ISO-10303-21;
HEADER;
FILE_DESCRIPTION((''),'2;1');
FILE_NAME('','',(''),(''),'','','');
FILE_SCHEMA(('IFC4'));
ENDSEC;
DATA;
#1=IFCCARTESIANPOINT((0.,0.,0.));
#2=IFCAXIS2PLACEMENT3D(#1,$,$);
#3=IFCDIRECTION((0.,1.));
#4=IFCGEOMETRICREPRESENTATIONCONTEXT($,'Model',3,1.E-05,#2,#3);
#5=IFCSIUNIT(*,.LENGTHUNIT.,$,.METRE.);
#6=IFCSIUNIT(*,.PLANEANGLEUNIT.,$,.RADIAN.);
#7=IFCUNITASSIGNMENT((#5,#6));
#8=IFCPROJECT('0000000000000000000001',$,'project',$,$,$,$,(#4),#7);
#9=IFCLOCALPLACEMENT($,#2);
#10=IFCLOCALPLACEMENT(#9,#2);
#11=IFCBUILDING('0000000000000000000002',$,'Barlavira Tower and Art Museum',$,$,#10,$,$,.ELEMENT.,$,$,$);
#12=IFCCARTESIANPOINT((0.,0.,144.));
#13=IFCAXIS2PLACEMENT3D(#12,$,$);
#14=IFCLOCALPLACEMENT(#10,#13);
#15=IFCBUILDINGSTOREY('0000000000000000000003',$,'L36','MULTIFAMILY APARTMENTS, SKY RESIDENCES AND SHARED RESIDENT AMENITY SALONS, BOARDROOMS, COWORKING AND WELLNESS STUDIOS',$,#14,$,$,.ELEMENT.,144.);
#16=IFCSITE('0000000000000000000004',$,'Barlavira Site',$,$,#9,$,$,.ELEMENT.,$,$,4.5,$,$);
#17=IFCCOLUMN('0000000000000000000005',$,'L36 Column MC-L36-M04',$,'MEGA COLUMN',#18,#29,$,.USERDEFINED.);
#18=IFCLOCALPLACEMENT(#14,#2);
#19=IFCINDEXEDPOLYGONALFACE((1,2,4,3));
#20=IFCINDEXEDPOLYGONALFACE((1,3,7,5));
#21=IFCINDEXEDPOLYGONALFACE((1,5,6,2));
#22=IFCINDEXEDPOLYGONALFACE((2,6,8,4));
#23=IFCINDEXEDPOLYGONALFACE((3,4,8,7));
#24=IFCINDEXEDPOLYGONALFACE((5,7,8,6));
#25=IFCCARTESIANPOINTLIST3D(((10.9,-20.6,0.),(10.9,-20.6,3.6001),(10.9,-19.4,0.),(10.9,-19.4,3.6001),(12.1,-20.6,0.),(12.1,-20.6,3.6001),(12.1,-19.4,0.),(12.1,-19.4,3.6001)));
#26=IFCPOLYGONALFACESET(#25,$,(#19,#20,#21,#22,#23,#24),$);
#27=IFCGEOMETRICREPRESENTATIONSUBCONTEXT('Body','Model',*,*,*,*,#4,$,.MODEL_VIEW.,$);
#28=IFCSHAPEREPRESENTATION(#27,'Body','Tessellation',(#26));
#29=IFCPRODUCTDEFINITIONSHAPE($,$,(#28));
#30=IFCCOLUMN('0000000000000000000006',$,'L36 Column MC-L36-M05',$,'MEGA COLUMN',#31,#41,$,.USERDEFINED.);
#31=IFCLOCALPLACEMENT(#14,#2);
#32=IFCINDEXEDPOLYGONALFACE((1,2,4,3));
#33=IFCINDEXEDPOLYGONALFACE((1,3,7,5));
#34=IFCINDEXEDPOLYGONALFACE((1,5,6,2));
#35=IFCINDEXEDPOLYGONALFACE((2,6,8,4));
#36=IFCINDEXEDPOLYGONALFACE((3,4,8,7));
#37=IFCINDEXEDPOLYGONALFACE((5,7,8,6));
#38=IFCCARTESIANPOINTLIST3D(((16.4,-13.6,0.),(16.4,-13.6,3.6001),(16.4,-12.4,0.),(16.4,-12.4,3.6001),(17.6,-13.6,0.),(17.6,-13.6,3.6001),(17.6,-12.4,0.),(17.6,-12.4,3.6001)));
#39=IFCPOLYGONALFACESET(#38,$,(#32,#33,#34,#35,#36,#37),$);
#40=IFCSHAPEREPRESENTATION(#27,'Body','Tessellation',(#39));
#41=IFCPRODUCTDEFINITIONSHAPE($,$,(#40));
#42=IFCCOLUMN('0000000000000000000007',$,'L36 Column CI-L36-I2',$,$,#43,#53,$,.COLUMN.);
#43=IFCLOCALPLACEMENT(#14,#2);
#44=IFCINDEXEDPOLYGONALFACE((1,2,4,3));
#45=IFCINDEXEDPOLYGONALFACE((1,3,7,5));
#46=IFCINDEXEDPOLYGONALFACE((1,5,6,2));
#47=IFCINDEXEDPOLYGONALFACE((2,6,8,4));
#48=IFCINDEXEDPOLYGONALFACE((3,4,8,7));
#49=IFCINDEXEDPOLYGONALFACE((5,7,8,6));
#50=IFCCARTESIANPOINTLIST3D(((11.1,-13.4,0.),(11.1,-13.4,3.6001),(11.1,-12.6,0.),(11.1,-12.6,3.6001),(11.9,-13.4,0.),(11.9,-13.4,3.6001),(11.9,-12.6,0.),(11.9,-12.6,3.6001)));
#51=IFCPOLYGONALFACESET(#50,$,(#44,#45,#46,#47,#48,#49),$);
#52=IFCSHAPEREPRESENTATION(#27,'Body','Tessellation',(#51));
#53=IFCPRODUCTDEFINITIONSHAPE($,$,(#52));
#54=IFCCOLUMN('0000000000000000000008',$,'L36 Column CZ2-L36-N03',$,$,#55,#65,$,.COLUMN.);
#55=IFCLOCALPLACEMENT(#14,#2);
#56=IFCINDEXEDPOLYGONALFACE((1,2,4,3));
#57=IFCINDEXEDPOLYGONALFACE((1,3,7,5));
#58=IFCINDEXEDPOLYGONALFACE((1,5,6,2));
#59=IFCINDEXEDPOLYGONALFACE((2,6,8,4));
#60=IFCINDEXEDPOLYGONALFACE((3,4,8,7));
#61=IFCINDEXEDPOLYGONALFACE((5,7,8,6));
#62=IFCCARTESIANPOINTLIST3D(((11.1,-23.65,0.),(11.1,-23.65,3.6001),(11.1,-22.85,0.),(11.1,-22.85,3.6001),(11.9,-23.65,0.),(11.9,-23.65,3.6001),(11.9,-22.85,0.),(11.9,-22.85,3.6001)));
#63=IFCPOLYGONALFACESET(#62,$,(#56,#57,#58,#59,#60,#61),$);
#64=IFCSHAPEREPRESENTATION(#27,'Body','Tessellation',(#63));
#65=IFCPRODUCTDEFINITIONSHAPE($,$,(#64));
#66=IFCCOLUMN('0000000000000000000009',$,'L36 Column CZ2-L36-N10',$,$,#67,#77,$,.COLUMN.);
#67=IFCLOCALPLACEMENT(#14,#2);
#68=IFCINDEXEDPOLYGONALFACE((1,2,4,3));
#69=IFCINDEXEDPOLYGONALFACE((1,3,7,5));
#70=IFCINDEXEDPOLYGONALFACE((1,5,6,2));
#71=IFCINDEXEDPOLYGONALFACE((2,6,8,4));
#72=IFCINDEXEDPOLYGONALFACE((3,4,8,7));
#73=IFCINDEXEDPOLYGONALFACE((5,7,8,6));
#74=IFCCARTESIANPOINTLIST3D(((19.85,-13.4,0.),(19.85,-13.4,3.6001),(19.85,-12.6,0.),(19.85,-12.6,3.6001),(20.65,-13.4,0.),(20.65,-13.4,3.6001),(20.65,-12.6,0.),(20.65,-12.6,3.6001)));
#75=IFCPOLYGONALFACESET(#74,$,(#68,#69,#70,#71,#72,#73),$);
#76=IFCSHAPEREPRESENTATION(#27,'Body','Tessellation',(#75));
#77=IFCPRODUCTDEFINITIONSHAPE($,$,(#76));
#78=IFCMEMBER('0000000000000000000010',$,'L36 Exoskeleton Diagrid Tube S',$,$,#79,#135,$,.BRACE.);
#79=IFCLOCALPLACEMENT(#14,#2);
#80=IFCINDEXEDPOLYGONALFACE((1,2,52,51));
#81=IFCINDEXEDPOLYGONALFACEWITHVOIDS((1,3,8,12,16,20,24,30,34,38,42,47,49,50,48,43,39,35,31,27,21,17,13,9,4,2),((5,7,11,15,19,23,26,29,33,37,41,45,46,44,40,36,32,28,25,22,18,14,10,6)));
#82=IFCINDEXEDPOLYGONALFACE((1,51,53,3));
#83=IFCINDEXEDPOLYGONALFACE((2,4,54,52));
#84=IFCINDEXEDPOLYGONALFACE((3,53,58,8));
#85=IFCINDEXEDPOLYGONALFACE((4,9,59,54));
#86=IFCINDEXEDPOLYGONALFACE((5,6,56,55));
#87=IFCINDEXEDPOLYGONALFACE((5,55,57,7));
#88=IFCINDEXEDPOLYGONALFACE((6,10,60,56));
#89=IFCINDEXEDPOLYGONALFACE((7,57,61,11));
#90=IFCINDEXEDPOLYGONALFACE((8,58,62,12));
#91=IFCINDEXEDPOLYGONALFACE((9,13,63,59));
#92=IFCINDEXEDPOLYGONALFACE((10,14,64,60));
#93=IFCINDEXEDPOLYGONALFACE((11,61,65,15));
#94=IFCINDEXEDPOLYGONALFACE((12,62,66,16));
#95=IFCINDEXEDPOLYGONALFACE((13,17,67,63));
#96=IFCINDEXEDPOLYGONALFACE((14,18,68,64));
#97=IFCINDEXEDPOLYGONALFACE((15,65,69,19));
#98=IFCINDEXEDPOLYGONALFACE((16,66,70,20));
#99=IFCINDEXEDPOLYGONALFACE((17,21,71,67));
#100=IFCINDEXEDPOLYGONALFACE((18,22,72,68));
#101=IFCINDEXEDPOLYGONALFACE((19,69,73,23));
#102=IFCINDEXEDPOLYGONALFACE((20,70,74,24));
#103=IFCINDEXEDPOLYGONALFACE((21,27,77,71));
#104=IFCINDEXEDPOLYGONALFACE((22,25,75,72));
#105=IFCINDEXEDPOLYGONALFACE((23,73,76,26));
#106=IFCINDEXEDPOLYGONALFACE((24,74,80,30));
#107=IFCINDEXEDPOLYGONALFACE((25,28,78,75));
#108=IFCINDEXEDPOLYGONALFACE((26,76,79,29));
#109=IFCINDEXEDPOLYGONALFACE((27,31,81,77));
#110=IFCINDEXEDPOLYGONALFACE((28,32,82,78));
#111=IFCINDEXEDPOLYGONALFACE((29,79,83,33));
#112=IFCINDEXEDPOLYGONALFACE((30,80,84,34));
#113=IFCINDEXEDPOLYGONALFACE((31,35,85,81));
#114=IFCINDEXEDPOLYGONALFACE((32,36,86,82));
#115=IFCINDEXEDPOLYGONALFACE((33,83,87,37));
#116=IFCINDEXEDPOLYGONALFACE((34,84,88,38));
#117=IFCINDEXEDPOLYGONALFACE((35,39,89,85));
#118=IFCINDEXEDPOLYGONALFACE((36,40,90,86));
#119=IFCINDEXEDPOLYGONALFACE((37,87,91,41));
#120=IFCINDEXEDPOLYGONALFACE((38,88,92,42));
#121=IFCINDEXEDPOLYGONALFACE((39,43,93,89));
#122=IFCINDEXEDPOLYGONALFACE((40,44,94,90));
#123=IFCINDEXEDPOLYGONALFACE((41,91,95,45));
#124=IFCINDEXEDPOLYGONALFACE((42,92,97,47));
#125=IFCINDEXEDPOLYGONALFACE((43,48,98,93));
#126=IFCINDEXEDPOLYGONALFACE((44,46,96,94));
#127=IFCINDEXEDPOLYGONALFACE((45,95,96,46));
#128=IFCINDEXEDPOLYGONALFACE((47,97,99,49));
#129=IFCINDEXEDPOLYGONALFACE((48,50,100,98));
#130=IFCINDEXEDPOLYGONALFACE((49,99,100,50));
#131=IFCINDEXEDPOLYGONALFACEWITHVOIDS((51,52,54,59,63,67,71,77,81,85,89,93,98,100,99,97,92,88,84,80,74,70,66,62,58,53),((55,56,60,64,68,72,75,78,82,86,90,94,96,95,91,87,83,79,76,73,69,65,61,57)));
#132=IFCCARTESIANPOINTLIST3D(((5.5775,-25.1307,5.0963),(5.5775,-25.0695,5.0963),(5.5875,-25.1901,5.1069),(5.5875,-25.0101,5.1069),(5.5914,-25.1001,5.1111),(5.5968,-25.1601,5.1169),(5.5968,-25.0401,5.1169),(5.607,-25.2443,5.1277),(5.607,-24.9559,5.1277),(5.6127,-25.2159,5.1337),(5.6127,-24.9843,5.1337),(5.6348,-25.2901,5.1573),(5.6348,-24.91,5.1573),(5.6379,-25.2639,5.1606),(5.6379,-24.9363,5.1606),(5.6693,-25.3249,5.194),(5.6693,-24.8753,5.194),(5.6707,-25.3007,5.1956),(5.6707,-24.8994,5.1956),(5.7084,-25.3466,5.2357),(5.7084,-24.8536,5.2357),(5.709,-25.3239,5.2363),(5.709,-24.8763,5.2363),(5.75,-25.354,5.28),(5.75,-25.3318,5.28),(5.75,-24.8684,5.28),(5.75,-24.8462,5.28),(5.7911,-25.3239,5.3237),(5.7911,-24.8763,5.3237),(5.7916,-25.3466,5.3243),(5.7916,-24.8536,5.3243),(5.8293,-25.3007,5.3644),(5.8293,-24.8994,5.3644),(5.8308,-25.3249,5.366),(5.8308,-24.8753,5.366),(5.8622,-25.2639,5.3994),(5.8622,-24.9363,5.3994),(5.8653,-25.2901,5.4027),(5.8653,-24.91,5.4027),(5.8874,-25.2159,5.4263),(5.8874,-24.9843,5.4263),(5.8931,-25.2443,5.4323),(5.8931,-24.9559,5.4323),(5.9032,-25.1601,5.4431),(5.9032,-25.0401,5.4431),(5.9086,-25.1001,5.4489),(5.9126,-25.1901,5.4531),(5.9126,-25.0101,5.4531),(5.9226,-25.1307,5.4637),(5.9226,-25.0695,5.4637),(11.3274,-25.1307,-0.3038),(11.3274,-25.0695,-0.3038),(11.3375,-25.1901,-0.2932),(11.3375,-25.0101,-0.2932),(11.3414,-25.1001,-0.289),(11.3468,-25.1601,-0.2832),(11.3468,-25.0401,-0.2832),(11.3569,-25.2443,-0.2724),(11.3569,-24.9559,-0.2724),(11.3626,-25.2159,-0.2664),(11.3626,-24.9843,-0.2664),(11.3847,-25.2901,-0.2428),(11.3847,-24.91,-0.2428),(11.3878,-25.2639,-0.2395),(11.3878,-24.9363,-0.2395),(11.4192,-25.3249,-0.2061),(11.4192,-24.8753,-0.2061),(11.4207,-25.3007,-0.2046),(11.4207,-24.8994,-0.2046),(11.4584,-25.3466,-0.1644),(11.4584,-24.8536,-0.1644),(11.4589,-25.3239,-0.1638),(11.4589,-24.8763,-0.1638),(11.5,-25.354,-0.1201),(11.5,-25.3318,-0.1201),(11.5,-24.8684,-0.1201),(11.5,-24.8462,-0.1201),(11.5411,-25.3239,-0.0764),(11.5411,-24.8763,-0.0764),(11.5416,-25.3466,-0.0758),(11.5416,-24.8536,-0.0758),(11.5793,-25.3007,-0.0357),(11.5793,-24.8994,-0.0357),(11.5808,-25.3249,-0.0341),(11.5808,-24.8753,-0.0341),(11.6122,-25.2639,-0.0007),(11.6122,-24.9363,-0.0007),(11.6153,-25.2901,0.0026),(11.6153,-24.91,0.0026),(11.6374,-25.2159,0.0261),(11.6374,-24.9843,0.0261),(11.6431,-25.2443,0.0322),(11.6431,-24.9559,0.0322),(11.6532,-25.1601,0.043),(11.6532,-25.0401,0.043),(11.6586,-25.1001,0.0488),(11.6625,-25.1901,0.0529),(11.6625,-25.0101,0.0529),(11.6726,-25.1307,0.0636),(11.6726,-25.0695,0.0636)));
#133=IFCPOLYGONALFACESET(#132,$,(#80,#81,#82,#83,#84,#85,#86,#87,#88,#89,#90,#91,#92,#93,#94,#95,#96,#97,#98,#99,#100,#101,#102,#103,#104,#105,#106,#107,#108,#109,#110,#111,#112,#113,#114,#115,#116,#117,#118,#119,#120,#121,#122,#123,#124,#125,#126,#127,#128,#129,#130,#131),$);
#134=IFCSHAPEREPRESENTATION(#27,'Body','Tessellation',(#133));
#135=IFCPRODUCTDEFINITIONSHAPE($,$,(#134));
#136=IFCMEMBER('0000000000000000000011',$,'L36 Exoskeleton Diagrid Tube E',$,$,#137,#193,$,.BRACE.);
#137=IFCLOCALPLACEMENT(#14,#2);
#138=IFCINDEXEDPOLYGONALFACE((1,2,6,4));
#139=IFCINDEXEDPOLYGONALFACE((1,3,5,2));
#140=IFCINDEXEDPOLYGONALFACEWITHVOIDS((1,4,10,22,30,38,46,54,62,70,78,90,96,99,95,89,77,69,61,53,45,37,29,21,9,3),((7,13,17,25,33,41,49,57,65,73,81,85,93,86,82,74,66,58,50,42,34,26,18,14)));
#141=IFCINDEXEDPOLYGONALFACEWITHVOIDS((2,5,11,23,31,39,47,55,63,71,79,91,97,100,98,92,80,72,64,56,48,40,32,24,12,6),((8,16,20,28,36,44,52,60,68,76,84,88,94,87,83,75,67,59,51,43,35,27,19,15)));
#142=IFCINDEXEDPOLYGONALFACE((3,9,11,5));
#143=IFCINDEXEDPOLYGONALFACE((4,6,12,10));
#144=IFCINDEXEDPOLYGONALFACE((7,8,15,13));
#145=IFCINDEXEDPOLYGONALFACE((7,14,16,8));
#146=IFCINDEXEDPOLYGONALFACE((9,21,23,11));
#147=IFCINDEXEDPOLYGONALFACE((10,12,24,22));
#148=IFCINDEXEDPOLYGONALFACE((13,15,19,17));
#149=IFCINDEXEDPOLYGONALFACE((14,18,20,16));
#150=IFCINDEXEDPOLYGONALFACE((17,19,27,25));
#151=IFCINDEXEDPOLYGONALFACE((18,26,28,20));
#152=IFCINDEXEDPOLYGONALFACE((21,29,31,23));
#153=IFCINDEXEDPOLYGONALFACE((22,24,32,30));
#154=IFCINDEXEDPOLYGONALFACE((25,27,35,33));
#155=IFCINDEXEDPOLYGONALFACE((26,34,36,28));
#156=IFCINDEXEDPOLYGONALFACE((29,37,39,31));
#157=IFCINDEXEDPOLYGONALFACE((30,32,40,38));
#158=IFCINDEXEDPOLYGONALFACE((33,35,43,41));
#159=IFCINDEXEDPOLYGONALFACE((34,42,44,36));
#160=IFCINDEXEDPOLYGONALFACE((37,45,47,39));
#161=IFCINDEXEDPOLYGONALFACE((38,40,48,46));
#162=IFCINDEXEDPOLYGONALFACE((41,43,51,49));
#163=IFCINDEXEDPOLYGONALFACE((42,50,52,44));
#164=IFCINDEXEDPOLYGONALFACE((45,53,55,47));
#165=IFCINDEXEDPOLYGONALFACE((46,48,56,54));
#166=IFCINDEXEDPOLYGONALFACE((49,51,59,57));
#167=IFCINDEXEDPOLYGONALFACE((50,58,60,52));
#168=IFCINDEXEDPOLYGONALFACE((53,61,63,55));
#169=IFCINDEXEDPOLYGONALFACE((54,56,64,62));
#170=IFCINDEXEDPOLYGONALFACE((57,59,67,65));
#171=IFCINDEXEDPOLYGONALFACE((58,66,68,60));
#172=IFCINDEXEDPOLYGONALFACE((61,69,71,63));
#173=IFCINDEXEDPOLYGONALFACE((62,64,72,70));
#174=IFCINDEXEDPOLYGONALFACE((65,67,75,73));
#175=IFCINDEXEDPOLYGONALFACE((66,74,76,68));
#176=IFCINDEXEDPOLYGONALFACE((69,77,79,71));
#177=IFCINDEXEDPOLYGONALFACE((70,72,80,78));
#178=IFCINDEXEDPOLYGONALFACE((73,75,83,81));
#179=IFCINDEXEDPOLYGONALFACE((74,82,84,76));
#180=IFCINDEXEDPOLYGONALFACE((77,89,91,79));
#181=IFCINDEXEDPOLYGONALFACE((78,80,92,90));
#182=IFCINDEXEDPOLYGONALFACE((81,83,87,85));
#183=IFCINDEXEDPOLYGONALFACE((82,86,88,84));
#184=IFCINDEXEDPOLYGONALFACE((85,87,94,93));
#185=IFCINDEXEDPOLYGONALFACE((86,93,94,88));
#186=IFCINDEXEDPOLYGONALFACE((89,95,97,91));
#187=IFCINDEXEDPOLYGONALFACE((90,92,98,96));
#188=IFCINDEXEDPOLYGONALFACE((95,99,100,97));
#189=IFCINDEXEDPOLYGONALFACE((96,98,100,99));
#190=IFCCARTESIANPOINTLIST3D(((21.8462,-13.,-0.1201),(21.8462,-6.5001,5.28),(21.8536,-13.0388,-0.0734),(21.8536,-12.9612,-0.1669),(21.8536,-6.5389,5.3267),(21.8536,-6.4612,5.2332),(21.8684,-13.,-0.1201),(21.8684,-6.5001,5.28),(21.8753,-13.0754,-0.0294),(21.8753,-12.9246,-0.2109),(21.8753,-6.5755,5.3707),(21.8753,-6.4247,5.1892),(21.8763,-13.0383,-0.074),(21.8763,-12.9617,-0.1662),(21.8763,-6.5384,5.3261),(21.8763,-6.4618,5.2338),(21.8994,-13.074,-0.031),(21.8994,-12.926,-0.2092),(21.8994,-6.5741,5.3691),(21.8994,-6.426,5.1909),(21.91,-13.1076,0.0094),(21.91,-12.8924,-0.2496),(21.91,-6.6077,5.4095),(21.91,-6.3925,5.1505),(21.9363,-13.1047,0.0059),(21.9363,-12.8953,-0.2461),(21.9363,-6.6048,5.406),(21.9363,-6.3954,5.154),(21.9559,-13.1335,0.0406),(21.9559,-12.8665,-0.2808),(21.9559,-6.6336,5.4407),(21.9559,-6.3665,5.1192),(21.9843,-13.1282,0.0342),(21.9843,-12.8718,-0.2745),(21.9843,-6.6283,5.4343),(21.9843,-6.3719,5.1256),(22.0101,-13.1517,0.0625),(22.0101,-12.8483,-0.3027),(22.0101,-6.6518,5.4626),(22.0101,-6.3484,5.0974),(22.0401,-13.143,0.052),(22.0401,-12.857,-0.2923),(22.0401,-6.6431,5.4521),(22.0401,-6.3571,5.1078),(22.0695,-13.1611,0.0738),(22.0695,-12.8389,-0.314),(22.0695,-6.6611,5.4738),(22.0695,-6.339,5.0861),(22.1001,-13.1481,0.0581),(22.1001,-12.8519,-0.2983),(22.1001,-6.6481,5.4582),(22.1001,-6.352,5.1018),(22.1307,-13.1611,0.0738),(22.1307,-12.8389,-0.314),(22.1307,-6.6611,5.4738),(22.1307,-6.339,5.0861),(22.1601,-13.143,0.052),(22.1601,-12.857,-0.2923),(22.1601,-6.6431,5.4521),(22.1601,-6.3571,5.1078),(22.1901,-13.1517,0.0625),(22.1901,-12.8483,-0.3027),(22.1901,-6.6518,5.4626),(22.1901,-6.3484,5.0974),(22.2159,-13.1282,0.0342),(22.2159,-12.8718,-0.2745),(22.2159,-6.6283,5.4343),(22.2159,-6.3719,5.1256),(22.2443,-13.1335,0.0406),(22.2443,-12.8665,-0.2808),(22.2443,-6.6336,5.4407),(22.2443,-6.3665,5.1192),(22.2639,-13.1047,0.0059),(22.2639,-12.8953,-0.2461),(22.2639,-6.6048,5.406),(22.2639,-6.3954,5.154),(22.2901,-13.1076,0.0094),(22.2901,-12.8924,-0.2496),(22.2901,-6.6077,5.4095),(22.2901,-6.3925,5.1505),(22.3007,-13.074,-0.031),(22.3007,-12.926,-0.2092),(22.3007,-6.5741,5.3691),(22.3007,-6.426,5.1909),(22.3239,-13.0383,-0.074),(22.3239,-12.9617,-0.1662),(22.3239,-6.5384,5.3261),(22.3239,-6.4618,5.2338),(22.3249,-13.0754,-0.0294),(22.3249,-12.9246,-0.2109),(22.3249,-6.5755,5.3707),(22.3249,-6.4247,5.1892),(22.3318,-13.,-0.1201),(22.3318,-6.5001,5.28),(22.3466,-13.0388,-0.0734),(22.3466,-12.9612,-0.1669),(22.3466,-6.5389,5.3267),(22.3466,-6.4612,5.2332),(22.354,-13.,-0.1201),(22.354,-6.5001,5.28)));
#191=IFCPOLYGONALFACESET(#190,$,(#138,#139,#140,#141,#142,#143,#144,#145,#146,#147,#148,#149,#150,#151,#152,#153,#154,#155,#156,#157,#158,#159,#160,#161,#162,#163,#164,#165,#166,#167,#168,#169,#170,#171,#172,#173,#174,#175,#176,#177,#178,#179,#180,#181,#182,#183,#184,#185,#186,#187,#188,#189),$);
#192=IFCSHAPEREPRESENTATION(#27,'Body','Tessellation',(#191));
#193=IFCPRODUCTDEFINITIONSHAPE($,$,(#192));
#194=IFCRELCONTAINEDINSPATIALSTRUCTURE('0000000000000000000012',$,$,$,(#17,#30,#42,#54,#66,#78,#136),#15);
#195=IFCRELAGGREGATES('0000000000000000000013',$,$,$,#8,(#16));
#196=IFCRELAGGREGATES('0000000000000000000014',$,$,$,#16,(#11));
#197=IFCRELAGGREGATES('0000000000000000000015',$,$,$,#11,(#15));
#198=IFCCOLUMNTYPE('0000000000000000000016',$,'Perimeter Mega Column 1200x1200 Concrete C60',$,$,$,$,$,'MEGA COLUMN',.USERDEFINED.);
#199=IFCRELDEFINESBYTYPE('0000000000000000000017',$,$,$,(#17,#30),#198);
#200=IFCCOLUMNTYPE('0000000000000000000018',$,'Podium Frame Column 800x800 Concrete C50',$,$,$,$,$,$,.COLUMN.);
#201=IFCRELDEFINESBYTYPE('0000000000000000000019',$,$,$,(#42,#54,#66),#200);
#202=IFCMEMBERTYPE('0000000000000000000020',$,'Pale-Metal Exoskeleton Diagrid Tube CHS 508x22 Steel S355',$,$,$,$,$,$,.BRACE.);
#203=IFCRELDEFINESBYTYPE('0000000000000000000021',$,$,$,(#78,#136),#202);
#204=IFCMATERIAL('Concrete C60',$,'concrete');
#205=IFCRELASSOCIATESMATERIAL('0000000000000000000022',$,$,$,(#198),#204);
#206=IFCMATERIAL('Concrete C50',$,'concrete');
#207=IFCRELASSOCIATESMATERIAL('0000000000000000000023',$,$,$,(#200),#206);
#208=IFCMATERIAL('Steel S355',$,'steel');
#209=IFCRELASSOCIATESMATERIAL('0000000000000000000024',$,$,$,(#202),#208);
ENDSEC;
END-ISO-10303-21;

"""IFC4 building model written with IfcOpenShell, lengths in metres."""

from ifc_helpers import new_model, si_unit, direction, frame, origin, origin_2d, place, context, subcontext, project, spatial, rectangle, hollow_circle, extrude, material, material_profile, profile_set, type_object, element, save


model = new_model("IFC4")

# Units and contexts
model_context = context("Model", 3, precision=1e-05, world=origin(), true_north=direction((0.0, 1.0)))
body_context = subcontext(model_context, "Body", "Model", "MODEL_VIEW")
ifc_project = project(units=[si_unit("LENGTHUNIT", "METRE"), si_unit("PLANEANGLEUNIT", "RADIAN")], contexts=[model_context])

# Site, building, storey
site_placement = place(None, origin())
site = spatial("IfcSite", under=ifc_project, at=site_placement, Name="Barlavira Site", CompositionType="ELEMENT", RefElevation=4.5)
building_placement = place(site_placement, origin())
building = spatial("IfcBuilding", under=site, at=building_placement, Name="Barlavira Tower and Art Museum", CompositionType="ELEMENT")
storey_placement = place(building_placement, frame((0.0, 0.0, 144.0)))
storey = spatial("IfcBuildingStorey", under=building, at=storey_placement, Name="L36", Description="MULTIFAMILY APARTMENTS, SKY RESIDENCES AND SHARED RESIDENT AMENITY SALONS, BOARDROOMS, COWORKING AND WELLNESS STUDIOS", CompositionType="ELEMENT", Elevation=144.0)

# Columns
ifc_material_1 = material(Name="Concrete C60", Category="concrete")
ifc_material_profile_1 = material_profile(ifc_material_1, rectangle(XDim=1.2, YDim=1.2, at=origin_2d()), Name="RC-COL 1200x1200")
ifc_profile_set_1 = profile_set([ifc_material_profile_1], Name="Concrete C60")
column_type_1 = type_object("IfcColumnType", Name="Perimeter Mega Column 1200x1200 Concrete C60", ElementType="MEGA COLUMN", PredefinedType="USERDEFINED", material=ifc_profile_set_1)
for number, where, z_axis, x_axis, name in (
    (1, (11.5, -20.0, 0.0), (0.0, 0.0, 1.0), (1.0, 0.0, 0.0), "L36 Column MC-L36-M04"),
    (2, (17.0, -13.0, 0.0), (0.0, 0.0, 1.0), (1.0, 0.0, 0.0), "L36 Column MC-L36-M05"),
):
    element("IfcColumn", number, at=place(storey_placement, frame(where, z_axis=z_axis, x_axis=x_axis)), inside=storey, type_object=column_type_1, Name=name, ObjectType="MEGA COLUMN", PredefinedType="USERDEFINED", context=body_context, shape_type="SweptSolid", body=[
        extrude(rectangle(XDim=1.2, YDim=1.2, at=origin_2d()), origin(), (0.0, 0.0, 1.0), 3.6001),
    ])
ifc_material_2 = material(Name="Concrete C50", Category="concrete")
ifc_material_profile_2 = material_profile(ifc_material_2, rectangle(XDim=0.8, YDim=0.8, at=origin_2d()), Name="RC-COL 800x800")
ifc_profile_set_2 = profile_set([ifc_material_profile_2], Name="Concrete C50")
column_type_2 = type_object("IfcColumnType", Name="Podium Frame Column 800x800 Concrete C50", PredefinedType="COLUMN", material=ifc_profile_set_2)
for number, where, z_axis, x_axis, name in (
    (3, (11.5, -13.0, 0.0), (0.0, 0.0, 1.0), (1.0, 0.0, 0.0), "L36 Column CI-L36-I2"),
    (4, (11.5, -23.25, 0.0), (0.0, 0.0, 1.0), (1.0, 0.0, 0.0), "L36 Column CZ2-L36-N03"),
    (5, (20.25, -13.0, 0.0), (0.0, 0.0, 1.0), (1.0, 0.0, 0.0), "L36 Column CZ2-L36-N10"),
):
    element("IfcColumn", number, at=place(storey_placement, frame(where, z_axis=z_axis, x_axis=x_axis)), inside=storey, type_object=column_type_2, Name=name, PredefinedType="COLUMN", context=body_context, shape_type="SweptSolid", body=[
        extrude(rectangle(XDim=0.8, YDim=0.8, at=origin_2d()), origin(), (0.0, 0.0, 1.0), 3.6001),
    ])

# Members
ifc_material_3 = material(Name="Steel S355", Category="steel")
ifc_material_profile_3 = material_profile(ifc_material_3, hollow_circle(Radius=0.2539, WallThickness=0.0222, at=origin_2d()), Name="CHS 508.0x22.2")
ifc_profile_set_3 = profile_set([ifc_material_profile_3], Name="Steel S355")
member_type_1 = type_object("IfcMemberType", Name="Pale-Metal Exoskeleton Diagrid Tube CHS 508x22 Steel S355", PredefinedType="BRACE", material=ifc_profile_set_3)
member_1_placement = place(storey_placement, frame((11.5, -25.1001, -0.1201), z_axis=(-0.728935, 0.0, 0.684583), x_axis=(0.0, -1.0, 0.0)))
element("IfcMember", 6, at=member_1_placement, inside=storey, type_object=member_type_1, Name="L36 Exoskeleton Diagrid Tube S", PredefinedType="BRACE", context=body_context, shape_type="SweptSolid", body=[
    extrude(hollow_circle(Radius=0.2539, WallThickness=0.0222, at=origin_2d()), origin(), (0.0, 0.0, 1.0), 7.8882),
])
member_2_placement = place(storey_placement, frame((22.1001, -13.0, -0.1201), z_axis=(0.0, 0.769182, 0.63903), x_axis=(-1.0, 0.0, 0.0)))
element("IfcMember", 7, at=member_2_placement, inside=storey, type_object=member_type_1, Name="L36 Exoskeleton Diagrid Tube E", PredefinedType="BRACE", context=body_context, shape_type="SweptSolid", body=[
    extrude(hollow_circle(Radius=0.2539, WallThickness=0.0222, at=origin_2d()), origin(), (0.0, 0.0, 1.0), 8.4504),
])

save(model, "model.ifc")
